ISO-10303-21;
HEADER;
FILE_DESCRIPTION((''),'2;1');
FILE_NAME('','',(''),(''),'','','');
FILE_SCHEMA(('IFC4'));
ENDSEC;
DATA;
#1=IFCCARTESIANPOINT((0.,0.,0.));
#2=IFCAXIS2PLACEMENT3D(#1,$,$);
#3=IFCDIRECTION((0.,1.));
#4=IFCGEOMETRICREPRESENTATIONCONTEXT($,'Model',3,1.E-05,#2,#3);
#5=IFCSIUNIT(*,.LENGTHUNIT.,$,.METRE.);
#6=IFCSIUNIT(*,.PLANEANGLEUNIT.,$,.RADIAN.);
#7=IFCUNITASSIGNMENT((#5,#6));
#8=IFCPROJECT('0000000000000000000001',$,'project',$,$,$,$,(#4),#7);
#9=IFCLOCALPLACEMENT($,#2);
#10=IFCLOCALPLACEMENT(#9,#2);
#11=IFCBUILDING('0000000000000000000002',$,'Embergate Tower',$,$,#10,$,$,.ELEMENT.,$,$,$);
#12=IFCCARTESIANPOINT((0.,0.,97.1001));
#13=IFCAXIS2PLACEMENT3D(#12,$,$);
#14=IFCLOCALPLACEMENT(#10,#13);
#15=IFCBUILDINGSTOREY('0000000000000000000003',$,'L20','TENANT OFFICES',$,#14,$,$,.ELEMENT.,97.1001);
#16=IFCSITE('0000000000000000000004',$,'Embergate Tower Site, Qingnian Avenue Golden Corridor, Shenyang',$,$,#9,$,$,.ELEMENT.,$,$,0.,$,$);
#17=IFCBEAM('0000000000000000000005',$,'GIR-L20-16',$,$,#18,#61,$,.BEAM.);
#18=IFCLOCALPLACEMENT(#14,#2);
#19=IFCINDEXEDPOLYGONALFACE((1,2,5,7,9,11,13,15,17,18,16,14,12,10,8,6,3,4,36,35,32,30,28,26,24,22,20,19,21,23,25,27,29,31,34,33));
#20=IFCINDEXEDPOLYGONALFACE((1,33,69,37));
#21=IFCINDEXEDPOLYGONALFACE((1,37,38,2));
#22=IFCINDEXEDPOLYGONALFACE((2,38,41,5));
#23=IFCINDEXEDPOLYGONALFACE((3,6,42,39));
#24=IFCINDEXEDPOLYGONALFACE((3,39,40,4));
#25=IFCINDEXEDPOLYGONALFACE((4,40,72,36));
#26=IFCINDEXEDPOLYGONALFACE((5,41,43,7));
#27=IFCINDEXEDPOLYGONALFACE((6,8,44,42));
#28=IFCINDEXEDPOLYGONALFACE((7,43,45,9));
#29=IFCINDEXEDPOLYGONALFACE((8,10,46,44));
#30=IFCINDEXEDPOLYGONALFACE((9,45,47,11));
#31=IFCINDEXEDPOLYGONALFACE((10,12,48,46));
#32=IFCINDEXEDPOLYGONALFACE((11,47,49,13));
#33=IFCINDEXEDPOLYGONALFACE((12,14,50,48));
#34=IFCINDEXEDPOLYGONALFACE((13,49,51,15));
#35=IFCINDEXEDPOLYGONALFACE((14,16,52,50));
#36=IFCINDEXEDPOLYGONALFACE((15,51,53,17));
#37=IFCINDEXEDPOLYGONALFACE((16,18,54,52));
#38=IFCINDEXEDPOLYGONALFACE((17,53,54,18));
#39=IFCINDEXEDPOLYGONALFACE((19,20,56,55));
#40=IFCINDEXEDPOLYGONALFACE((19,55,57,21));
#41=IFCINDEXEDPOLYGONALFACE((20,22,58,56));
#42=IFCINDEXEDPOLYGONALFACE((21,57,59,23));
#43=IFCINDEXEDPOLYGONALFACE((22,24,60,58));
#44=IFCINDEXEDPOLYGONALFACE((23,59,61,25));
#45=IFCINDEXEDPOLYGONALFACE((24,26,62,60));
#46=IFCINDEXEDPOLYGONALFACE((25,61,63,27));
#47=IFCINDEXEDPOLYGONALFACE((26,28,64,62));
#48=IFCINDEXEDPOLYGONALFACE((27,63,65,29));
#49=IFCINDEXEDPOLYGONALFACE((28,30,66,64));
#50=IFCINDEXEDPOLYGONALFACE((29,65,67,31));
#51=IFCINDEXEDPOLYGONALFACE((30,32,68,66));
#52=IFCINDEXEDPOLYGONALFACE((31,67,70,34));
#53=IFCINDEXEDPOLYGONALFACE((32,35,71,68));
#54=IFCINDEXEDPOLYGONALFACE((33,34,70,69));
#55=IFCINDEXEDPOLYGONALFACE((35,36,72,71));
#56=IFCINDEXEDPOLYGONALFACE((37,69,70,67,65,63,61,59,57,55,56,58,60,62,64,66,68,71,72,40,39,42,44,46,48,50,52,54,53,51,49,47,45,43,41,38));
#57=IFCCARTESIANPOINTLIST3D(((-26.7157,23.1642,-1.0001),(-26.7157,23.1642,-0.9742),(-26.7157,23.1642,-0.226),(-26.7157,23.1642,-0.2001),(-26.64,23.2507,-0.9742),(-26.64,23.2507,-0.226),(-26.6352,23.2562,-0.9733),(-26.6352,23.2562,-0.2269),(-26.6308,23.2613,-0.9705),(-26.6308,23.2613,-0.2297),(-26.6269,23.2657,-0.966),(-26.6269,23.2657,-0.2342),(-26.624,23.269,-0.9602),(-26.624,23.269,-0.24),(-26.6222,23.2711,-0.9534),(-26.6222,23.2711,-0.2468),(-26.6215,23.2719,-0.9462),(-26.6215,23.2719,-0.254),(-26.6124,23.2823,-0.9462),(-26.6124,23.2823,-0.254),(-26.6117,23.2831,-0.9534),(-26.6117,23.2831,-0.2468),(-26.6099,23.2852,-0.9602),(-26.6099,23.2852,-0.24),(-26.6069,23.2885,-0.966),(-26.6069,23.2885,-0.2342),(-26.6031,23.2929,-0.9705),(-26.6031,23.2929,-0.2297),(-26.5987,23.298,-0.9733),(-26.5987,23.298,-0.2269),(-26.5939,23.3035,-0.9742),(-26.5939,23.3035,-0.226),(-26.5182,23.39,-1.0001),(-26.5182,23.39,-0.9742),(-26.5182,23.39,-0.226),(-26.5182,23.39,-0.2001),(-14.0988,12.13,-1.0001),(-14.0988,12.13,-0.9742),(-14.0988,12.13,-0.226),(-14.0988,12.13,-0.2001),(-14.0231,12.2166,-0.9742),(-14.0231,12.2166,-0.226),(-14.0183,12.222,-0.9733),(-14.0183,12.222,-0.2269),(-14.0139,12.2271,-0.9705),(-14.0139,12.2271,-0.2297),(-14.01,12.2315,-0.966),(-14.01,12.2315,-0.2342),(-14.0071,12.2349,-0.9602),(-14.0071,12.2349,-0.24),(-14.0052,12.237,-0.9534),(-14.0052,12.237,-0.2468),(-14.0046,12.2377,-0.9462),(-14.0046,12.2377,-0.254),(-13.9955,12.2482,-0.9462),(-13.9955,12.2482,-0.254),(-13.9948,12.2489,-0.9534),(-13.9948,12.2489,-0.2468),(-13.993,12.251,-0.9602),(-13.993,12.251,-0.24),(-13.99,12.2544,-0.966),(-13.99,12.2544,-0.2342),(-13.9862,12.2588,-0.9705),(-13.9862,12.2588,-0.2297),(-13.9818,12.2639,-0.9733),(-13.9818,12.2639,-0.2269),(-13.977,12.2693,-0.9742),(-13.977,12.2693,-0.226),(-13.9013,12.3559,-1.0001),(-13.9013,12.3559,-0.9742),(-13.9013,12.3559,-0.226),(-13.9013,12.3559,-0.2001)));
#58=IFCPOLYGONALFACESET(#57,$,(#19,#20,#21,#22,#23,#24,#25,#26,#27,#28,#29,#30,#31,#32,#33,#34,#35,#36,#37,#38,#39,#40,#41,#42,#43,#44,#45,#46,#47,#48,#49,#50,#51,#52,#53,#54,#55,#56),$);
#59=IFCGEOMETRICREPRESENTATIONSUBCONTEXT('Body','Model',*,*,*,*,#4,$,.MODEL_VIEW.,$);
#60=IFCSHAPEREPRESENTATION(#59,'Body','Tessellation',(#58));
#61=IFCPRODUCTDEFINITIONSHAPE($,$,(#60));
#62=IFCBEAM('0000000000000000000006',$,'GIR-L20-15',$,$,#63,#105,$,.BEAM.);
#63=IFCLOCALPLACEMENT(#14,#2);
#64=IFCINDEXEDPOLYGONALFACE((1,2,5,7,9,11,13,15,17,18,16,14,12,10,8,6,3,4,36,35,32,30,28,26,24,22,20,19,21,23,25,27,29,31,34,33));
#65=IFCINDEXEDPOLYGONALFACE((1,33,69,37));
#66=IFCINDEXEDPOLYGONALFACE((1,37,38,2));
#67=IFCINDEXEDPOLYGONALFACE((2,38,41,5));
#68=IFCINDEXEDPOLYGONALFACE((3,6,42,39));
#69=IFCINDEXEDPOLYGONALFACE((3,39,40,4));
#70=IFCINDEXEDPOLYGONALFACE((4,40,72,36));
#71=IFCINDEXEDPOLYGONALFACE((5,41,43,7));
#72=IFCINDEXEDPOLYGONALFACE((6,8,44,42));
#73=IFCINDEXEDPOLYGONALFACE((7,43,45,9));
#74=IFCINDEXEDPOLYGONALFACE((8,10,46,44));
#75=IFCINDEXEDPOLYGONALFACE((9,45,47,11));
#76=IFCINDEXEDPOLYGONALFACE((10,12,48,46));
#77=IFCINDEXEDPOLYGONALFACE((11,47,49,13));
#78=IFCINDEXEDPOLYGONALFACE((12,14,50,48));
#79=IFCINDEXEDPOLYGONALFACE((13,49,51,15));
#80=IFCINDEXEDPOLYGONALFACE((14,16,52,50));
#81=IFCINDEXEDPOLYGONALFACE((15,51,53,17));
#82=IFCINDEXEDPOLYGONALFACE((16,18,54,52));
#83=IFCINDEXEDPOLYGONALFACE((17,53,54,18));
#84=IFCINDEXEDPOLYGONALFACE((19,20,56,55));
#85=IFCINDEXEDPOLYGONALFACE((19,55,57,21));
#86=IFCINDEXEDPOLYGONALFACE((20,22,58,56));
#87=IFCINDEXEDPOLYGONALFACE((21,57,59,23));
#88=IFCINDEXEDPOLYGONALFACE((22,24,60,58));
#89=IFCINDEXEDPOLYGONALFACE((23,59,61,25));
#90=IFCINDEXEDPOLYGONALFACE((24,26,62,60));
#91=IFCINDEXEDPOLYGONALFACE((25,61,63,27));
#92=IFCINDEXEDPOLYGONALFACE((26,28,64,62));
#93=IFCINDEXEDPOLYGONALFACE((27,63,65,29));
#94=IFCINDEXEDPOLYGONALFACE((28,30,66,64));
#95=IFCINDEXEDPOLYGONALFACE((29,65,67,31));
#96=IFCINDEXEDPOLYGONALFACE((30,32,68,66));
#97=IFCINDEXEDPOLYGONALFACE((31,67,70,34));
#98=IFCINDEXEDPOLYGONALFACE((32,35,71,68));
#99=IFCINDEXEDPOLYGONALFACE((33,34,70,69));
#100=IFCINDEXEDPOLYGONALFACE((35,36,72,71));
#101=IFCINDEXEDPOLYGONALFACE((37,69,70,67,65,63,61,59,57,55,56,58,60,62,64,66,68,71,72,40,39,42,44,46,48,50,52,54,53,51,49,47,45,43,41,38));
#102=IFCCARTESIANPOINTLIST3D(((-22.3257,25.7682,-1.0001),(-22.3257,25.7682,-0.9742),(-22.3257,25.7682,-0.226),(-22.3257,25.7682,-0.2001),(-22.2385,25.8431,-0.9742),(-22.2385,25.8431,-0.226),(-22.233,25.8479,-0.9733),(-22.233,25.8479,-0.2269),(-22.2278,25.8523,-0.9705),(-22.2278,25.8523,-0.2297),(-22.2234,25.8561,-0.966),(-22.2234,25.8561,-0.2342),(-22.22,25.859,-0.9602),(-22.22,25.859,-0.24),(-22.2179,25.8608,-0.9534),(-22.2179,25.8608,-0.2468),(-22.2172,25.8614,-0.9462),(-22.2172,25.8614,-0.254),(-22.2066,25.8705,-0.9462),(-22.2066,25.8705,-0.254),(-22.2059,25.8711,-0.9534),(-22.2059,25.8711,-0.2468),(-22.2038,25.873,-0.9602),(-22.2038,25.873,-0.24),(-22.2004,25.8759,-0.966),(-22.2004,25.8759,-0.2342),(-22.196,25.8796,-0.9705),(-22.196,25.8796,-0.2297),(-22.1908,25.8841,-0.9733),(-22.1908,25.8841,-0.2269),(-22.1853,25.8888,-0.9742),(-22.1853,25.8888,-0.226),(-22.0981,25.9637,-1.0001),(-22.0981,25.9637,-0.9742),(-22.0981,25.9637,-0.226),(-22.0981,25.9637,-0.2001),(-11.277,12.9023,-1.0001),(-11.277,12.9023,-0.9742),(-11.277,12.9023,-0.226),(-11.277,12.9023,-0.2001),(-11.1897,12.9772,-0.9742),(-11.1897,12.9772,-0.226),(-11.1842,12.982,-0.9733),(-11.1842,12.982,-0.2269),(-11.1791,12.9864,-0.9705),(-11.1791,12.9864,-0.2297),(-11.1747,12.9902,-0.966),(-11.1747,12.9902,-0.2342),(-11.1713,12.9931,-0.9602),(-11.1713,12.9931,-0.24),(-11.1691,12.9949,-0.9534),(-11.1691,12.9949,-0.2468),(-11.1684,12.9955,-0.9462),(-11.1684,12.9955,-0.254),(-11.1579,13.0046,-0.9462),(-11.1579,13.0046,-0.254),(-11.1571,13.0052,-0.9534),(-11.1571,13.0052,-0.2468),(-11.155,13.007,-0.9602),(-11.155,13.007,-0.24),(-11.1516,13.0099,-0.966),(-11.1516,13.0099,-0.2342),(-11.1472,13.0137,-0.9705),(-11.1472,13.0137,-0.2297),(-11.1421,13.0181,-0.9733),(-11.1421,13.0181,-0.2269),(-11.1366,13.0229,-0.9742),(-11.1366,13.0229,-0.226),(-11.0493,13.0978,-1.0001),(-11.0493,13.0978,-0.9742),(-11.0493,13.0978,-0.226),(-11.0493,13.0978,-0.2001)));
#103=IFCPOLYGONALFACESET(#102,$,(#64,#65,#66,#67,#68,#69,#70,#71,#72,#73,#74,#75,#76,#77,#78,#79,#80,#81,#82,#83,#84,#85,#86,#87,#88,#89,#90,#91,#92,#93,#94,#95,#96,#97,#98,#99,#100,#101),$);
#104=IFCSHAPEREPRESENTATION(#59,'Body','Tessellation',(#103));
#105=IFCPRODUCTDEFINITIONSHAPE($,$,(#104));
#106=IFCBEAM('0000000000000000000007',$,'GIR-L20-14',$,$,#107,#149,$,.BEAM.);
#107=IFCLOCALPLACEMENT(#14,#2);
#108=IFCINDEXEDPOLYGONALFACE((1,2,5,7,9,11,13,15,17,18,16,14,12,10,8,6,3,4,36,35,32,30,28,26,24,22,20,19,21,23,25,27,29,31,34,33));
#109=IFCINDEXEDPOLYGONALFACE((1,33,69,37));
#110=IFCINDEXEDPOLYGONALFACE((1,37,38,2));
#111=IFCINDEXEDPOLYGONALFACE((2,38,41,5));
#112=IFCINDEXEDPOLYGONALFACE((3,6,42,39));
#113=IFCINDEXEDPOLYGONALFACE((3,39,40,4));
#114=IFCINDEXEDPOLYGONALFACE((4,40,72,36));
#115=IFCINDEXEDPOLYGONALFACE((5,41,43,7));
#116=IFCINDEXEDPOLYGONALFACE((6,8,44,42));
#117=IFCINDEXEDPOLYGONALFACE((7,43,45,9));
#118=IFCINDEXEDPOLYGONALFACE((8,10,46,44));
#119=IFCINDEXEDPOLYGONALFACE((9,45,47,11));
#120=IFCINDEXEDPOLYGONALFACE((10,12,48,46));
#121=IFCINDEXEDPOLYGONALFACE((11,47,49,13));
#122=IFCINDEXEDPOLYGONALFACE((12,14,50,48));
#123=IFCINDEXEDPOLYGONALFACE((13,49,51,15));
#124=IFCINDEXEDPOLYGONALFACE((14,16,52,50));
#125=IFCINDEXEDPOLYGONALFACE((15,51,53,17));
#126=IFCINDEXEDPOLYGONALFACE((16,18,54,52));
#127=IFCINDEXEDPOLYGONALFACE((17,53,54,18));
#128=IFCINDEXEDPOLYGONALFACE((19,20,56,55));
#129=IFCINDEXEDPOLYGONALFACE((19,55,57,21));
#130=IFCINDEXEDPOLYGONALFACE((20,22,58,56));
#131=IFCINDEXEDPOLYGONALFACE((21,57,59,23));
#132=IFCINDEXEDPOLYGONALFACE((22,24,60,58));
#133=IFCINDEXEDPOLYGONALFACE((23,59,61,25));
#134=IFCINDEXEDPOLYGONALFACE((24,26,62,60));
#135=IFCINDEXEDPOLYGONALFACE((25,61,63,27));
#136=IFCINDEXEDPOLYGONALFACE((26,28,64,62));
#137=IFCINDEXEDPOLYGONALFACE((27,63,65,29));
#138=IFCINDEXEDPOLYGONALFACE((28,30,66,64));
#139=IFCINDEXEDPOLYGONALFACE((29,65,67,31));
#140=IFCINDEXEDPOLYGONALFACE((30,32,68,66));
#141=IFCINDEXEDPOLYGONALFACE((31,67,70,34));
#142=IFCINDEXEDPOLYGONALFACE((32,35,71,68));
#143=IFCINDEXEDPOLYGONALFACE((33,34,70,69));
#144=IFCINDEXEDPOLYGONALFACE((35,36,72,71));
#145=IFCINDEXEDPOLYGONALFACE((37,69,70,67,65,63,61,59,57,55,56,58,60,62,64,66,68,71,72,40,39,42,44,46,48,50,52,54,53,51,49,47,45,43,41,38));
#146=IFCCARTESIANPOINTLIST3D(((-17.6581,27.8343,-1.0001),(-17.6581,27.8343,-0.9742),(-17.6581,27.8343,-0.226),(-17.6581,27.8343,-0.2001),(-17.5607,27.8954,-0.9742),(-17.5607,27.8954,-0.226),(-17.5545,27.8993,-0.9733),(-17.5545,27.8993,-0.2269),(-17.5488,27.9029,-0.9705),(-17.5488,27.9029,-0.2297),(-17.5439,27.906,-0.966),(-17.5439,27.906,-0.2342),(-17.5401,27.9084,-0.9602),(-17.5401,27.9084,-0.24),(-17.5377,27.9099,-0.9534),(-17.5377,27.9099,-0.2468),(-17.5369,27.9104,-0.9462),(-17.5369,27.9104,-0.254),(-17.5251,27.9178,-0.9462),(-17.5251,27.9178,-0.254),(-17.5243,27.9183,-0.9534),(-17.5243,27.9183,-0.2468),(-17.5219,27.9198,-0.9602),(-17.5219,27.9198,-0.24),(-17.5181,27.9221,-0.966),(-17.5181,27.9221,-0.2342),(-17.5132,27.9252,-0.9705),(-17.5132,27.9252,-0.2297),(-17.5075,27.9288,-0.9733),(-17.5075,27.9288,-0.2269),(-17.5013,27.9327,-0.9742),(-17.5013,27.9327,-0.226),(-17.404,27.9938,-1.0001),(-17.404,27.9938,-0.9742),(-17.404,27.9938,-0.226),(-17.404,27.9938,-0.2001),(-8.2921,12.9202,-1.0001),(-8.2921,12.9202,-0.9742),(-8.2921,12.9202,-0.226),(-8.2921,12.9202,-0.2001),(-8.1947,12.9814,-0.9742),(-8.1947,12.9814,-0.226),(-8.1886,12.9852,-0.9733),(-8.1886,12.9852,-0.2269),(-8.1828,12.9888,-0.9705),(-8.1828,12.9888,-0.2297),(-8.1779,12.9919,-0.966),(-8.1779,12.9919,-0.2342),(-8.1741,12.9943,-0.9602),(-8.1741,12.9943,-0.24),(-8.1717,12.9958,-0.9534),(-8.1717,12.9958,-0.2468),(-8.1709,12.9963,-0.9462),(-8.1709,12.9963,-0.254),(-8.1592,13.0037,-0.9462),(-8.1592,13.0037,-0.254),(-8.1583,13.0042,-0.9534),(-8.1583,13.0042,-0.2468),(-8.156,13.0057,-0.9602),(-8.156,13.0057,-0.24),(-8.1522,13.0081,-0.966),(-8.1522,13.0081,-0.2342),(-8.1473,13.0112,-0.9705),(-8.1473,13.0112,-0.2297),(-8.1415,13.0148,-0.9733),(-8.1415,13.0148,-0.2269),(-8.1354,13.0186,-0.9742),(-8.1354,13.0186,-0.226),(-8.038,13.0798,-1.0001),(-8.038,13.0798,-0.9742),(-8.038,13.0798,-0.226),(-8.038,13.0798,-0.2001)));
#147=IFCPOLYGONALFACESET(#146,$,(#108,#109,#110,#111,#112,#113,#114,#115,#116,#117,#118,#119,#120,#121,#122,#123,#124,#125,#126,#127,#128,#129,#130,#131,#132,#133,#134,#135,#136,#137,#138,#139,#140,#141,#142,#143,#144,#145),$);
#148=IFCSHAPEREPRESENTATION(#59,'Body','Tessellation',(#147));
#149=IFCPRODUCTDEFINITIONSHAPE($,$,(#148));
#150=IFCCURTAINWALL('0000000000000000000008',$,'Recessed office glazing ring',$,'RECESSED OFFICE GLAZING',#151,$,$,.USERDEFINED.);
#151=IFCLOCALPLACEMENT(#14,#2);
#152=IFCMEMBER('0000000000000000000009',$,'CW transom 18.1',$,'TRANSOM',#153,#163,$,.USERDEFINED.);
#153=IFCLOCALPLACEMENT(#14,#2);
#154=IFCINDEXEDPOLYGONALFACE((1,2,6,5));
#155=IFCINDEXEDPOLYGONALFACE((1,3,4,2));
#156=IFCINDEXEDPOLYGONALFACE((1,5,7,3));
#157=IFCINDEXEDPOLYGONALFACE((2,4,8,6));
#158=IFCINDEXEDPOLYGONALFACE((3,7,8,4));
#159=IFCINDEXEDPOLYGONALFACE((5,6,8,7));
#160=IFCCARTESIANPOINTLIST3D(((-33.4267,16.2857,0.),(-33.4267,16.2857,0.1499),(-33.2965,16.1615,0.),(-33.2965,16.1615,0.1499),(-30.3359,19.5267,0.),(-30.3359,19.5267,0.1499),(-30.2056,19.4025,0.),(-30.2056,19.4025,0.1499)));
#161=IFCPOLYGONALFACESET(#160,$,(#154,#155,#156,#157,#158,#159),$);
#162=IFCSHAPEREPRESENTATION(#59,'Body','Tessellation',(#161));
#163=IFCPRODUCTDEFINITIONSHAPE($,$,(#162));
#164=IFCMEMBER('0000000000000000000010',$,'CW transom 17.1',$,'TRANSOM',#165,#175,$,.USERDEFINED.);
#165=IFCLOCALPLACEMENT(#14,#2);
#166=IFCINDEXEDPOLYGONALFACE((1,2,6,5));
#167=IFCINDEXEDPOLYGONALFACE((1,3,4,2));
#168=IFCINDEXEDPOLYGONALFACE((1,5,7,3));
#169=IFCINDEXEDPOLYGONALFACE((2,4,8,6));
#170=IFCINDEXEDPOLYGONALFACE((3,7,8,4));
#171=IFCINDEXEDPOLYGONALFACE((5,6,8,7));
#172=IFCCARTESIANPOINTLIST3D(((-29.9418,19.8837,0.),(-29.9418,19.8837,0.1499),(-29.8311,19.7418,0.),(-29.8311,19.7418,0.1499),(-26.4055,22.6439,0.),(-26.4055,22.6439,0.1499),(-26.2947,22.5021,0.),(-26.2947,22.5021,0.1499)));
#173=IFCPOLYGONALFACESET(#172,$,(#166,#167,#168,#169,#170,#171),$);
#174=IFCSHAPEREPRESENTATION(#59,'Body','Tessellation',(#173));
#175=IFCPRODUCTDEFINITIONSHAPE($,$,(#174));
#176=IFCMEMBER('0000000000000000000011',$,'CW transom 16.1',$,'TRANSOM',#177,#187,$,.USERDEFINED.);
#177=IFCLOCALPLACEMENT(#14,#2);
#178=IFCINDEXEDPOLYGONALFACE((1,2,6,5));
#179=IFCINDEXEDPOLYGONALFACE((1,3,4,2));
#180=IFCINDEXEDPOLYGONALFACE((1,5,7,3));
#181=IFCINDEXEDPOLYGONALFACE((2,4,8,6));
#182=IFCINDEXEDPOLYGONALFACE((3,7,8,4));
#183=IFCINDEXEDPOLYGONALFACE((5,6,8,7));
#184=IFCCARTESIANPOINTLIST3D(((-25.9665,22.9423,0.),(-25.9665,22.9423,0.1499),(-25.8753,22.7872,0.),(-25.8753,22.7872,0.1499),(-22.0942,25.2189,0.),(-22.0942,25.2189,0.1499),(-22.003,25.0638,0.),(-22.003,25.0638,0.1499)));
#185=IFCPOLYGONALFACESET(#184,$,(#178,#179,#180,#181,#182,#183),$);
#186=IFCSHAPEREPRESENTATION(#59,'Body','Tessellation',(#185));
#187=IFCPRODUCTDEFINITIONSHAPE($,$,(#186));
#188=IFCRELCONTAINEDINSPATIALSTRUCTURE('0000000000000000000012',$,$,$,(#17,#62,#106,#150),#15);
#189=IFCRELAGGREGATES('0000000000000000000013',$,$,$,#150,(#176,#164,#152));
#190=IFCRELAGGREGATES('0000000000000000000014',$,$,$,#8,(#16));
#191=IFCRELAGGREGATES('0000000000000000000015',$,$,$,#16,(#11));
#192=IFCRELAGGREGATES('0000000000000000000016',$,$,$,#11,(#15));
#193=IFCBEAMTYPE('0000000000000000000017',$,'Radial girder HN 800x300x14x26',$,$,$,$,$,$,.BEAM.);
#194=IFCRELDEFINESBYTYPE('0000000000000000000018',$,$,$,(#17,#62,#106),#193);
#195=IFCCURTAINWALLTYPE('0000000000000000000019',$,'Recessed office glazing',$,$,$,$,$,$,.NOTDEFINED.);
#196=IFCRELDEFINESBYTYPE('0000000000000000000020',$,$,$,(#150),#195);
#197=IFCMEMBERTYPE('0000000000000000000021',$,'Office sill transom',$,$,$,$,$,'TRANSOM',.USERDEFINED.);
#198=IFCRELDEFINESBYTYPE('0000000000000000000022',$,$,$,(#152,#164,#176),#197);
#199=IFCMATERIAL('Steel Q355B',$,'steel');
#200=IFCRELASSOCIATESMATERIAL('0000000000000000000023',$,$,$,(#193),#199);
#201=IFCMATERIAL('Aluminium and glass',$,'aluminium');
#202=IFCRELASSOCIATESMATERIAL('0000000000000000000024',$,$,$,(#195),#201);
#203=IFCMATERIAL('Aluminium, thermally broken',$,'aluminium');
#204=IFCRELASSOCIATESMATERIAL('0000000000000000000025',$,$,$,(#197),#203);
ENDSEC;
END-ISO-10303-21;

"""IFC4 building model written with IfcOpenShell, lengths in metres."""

from ifc_helpers import new_model, si_unit, direction, frame, origin, origin_2d, place, context, subcontext, project, spatial, rectangle, i_section, extrude, source, transform, mapped, material, material_profile, profile_set, type_object, element, aggregate, save


model = new_model("IFC4")

# Units and contexts
model_context = context("Model", 3, precision=1e-05, world=origin(), true_north=direction((0.0, 1.0)))
body_context = subcontext(model_context, "Body", "Model", "MODEL_VIEW")
ifc_project = project(units=[si_unit("LENGTHUNIT", "METRE"), si_unit("PLANEANGLEUNIT", "RADIAN")], contexts=[model_context])

# Site, building, storey
site_placement = place(None, origin())
site = spatial("IfcSite", under=ifc_project, at=site_placement, Name="Embergate Tower Site, Qingnian Avenue Golden Corridor, Shenyang", CompositionType="ELEMENT", RefElevation=0.0)
building_placement = place(site_placement, origin())
building = spatial("IfcBuilding", under=site, at=building_placement, Name="Embergate Tower", CompositionType="ELEMENT")
storey_placement = place(building_placement, frame((0.0, 0.0, 97.1001)))
storey = spatial("IfcBuildingStorey", under=building, at=storey_placement, Name="L20", Description="TENANT OFFICES", CompositionType="ELEMENT", Elevation=97.1001)

# Beams
ifc_material_1 = material(Name="Steel Q355B", Category="steel")
ifc_material_profile_1 = material_profile(ifc_material_1, i_section(OverallWidth=0.3, OverallDepth=0.8, WebThickness=0.0139, FlangeThickness=0.0259, FilletRadius=0.0281, at=origin_2d()), Name="HN 800x300x14x26")
ifc_profile_set_1 = profile_set([ifc_material_profile_1], Name="Steel Q355 grade B")
beam_type_1 = type_object("IfcBeamType", Name="Radial girder HN 800x300x14x26", PredefinedType="BEAM", material=ifc_profile_set_1)
shared_shape_1 = source(origin(), body_context, "Body", "SweptSolid", [
    extrude(i_section(OverallWidth=0.3, OverallDepth=0.8, WebThickness=0.0139, FlangeThickness=0.0259, FilletRadius=0.0281, at=origin_2d()), origin(), (0.0, 0.0, 1.0), 16.7612),
])
beam_1_placement = place(storey_placement, frame((-26.6169, 23.2771, -0.6001), z_axis=(0.752744, -0.658314, 0.0), x_axis=(0.658314, 0.752744, 0.0)))
element("IfcBeam", 1, at=beam_1_placement, inside=storey, type_object=beam_type_1, Name="GIR-L20-16", PredefinedType="BEAM", context=body_context, shape_type="MappedRepresentation", body=[
    mapped(shared_shape_1, transform((0.0, 0.0, 0.0))),
])
shared_shape_2 = source(origin(), body_context, "Body", "SweptSolid", [
    extrude(i_section(OverallWidth=0.3, OverallDepth=0.8, WebThickness=0.0139, FlangeThickness=0.0259, FilletRadius=0.0281, at=origin_2d()), origin(), (0.0, 0.0, 1.0), 16.959),
])
beam_2_placement = place(storey_placement, frame((-22.2119, 25.866, -0.6001), z_axis=(0.6515, -0.758649, 0.0), x_axis=(0.758649, 0.6515, 0.0)))
element("IfcBeam", 2, at=beam_2_placement, inside=storey, type_object=beam_type_1, Name="GIR-L20-15", PredefinedType="BEAM", context=body_context, shape_type="MappedRepresentation", body=[
    mapped(shared_shape_2, transform((0.0, 0.0, 0.0))),
])
shared_shape_3 = source(origin(), body_context, "Body", "SweptSolid", [
    extrude(i_section(OverallWidth=0.3, OverallDepth=0.8, WebThickness=0.0139, FlangeThickness=0.0259, FilletRadius=0.0281, at=origin_2d()), origin(), (0.0, 0.0, 1.0), 17.6111),
])
beam_3_placement = place(storey_placement, frame((-17.531, 27.9141, -0.6001), z_axis=(0.531822, -0.846856, 0.0), x_axis=(0.846856, 0.531822, 0.0)))
element("IfcBeam", 3, at=beam_3_placement, inside=storey, type_object=beam_type_1, Name="GIR-L20-14", PredefinedType="BEAM", context=body_context, shape_type="MappedRepresentation", body=[
    mapped(shared_shape_3, transform((0.0, 0.0, 0.0))),
])

# Curtain wall, members
ifc_material_2 = material(Name="Aluminium and glass", Category="aluminium")
curtain_wall_type = type_object("IfcCurtainWallType", Name="Recessed office glazing", PredefinedType="NOTDEFINED", material=ifc_material_2)
curtain_wall_placement = place(storey_placement, origin())
curtain_wall = element("IfcCurtainWall", 4, at=curtain_wall_placement, inside=storey, type_object=curtain_wall_type, Name="Recessed office glazing ring", ObjectType="RECESSED OFFICE GLAZING", PredefinedType="USERDEFINED")
ifc_material_3 = material(Name="Aluminium, thermally broken", Category="aluminium")
ifc_material_profile_2 = material_profile(ifc_material_3, rectangle(XDim=0.1799, YDim=0.1499, at=origin_2d()), Name="AL 150x180")
ifc_profile_set_2 = profile_set([ifc_material_profile_2], Name="Aluminium, thermally broken")
member_type_1 = type_object("IfcMemberType", Name="Office sill transom", ElementType="TRANSOM", PredefinedType="USERDEFINED", material=ifc_profile_set_2)
shared_shape_4 = source(origin(), body_context, "Body", "SweptSolid", [
    extrude(rectangle(XDim=0.1799, YDim=0.1499, at=origin_2d()), origin(), (0.0, 0.0, 1.0), 4.4785),
])
member_1_placement = place(storey_placement, frame((-30.2708, 19.4646, 0.075), z_axis=(-0.690145, -0.723671, 0.0), x_axis=(0.723671, -0.690145, 0.0)))
member_1 = element("IfcMember", 5, at=member_1_placement, type_object=member_type_1, Name="CW transom 18.1", ObjectType="TRANSOM", PredefinedType="USERDEFINED", context=body_context, shape_type="MappedRepresentation", body=[
    mapped(shared_shape_4, transform((0.0, 0.0, 0.0))),
])
shared_shape_5 = source(origin(), body_context, "Body", "SweptSolid", [
    extrude(rectangle(XDim=0.1799, YDim=0.1499, at=origin_2d()), origin(), (0.0, 0.0, 1.0), 4.4861),
])
member_2_placement = place(storey_placement, frame((-26.3501, 22.573, 0.075), z_axis=(-0.788299, -0.615292, 0.0), x_axis=(0.615292, -0.788299, 0.0)))
member_2 = element("IfcMember", 6, at=member_2_placement, type_object=member_type_1, Name="CW transom 17.1", ObjectType="TRANSOM", PredefinedType="USERDEFINED", context=body_context, shape_type="MappedRepresentation", body=[
    mapped(shared_shape_5, transform((0.0, 0.0, 0.0))),
])
shared_shape_6 = source(origin(), body_context, "Body", "SweptSolid", [
    extrude(rectangle(XDim=0.1799, YDim=0.1499, at=origin_2d()), origin(), (0.0, 0.0, 1.0), 4.4919),
])
member_3_placement = place(storey_placement, frame((-22.0486, 25.1414, 0.075), z_axis=(-0.862053, -0.506818, 0.0), x_axis=(0.506818, -0.862053, 0.0)))
member_3 = element("IfcMember", 7, at=member_3_placement, type_object=member_type_1, Name="CW transom 16.1", ObjectType="TRANSOM", PredefinedType="USERDEFINED", context=body_context, shape_type="MappedRepresentation", body=[
    mapped(shared_shape_6, transform((0.0, 0.0, 0.0))),
])
aggregate(curtain_wall, [member_3, member_2, member_1])

save(model, "model.ifc")
